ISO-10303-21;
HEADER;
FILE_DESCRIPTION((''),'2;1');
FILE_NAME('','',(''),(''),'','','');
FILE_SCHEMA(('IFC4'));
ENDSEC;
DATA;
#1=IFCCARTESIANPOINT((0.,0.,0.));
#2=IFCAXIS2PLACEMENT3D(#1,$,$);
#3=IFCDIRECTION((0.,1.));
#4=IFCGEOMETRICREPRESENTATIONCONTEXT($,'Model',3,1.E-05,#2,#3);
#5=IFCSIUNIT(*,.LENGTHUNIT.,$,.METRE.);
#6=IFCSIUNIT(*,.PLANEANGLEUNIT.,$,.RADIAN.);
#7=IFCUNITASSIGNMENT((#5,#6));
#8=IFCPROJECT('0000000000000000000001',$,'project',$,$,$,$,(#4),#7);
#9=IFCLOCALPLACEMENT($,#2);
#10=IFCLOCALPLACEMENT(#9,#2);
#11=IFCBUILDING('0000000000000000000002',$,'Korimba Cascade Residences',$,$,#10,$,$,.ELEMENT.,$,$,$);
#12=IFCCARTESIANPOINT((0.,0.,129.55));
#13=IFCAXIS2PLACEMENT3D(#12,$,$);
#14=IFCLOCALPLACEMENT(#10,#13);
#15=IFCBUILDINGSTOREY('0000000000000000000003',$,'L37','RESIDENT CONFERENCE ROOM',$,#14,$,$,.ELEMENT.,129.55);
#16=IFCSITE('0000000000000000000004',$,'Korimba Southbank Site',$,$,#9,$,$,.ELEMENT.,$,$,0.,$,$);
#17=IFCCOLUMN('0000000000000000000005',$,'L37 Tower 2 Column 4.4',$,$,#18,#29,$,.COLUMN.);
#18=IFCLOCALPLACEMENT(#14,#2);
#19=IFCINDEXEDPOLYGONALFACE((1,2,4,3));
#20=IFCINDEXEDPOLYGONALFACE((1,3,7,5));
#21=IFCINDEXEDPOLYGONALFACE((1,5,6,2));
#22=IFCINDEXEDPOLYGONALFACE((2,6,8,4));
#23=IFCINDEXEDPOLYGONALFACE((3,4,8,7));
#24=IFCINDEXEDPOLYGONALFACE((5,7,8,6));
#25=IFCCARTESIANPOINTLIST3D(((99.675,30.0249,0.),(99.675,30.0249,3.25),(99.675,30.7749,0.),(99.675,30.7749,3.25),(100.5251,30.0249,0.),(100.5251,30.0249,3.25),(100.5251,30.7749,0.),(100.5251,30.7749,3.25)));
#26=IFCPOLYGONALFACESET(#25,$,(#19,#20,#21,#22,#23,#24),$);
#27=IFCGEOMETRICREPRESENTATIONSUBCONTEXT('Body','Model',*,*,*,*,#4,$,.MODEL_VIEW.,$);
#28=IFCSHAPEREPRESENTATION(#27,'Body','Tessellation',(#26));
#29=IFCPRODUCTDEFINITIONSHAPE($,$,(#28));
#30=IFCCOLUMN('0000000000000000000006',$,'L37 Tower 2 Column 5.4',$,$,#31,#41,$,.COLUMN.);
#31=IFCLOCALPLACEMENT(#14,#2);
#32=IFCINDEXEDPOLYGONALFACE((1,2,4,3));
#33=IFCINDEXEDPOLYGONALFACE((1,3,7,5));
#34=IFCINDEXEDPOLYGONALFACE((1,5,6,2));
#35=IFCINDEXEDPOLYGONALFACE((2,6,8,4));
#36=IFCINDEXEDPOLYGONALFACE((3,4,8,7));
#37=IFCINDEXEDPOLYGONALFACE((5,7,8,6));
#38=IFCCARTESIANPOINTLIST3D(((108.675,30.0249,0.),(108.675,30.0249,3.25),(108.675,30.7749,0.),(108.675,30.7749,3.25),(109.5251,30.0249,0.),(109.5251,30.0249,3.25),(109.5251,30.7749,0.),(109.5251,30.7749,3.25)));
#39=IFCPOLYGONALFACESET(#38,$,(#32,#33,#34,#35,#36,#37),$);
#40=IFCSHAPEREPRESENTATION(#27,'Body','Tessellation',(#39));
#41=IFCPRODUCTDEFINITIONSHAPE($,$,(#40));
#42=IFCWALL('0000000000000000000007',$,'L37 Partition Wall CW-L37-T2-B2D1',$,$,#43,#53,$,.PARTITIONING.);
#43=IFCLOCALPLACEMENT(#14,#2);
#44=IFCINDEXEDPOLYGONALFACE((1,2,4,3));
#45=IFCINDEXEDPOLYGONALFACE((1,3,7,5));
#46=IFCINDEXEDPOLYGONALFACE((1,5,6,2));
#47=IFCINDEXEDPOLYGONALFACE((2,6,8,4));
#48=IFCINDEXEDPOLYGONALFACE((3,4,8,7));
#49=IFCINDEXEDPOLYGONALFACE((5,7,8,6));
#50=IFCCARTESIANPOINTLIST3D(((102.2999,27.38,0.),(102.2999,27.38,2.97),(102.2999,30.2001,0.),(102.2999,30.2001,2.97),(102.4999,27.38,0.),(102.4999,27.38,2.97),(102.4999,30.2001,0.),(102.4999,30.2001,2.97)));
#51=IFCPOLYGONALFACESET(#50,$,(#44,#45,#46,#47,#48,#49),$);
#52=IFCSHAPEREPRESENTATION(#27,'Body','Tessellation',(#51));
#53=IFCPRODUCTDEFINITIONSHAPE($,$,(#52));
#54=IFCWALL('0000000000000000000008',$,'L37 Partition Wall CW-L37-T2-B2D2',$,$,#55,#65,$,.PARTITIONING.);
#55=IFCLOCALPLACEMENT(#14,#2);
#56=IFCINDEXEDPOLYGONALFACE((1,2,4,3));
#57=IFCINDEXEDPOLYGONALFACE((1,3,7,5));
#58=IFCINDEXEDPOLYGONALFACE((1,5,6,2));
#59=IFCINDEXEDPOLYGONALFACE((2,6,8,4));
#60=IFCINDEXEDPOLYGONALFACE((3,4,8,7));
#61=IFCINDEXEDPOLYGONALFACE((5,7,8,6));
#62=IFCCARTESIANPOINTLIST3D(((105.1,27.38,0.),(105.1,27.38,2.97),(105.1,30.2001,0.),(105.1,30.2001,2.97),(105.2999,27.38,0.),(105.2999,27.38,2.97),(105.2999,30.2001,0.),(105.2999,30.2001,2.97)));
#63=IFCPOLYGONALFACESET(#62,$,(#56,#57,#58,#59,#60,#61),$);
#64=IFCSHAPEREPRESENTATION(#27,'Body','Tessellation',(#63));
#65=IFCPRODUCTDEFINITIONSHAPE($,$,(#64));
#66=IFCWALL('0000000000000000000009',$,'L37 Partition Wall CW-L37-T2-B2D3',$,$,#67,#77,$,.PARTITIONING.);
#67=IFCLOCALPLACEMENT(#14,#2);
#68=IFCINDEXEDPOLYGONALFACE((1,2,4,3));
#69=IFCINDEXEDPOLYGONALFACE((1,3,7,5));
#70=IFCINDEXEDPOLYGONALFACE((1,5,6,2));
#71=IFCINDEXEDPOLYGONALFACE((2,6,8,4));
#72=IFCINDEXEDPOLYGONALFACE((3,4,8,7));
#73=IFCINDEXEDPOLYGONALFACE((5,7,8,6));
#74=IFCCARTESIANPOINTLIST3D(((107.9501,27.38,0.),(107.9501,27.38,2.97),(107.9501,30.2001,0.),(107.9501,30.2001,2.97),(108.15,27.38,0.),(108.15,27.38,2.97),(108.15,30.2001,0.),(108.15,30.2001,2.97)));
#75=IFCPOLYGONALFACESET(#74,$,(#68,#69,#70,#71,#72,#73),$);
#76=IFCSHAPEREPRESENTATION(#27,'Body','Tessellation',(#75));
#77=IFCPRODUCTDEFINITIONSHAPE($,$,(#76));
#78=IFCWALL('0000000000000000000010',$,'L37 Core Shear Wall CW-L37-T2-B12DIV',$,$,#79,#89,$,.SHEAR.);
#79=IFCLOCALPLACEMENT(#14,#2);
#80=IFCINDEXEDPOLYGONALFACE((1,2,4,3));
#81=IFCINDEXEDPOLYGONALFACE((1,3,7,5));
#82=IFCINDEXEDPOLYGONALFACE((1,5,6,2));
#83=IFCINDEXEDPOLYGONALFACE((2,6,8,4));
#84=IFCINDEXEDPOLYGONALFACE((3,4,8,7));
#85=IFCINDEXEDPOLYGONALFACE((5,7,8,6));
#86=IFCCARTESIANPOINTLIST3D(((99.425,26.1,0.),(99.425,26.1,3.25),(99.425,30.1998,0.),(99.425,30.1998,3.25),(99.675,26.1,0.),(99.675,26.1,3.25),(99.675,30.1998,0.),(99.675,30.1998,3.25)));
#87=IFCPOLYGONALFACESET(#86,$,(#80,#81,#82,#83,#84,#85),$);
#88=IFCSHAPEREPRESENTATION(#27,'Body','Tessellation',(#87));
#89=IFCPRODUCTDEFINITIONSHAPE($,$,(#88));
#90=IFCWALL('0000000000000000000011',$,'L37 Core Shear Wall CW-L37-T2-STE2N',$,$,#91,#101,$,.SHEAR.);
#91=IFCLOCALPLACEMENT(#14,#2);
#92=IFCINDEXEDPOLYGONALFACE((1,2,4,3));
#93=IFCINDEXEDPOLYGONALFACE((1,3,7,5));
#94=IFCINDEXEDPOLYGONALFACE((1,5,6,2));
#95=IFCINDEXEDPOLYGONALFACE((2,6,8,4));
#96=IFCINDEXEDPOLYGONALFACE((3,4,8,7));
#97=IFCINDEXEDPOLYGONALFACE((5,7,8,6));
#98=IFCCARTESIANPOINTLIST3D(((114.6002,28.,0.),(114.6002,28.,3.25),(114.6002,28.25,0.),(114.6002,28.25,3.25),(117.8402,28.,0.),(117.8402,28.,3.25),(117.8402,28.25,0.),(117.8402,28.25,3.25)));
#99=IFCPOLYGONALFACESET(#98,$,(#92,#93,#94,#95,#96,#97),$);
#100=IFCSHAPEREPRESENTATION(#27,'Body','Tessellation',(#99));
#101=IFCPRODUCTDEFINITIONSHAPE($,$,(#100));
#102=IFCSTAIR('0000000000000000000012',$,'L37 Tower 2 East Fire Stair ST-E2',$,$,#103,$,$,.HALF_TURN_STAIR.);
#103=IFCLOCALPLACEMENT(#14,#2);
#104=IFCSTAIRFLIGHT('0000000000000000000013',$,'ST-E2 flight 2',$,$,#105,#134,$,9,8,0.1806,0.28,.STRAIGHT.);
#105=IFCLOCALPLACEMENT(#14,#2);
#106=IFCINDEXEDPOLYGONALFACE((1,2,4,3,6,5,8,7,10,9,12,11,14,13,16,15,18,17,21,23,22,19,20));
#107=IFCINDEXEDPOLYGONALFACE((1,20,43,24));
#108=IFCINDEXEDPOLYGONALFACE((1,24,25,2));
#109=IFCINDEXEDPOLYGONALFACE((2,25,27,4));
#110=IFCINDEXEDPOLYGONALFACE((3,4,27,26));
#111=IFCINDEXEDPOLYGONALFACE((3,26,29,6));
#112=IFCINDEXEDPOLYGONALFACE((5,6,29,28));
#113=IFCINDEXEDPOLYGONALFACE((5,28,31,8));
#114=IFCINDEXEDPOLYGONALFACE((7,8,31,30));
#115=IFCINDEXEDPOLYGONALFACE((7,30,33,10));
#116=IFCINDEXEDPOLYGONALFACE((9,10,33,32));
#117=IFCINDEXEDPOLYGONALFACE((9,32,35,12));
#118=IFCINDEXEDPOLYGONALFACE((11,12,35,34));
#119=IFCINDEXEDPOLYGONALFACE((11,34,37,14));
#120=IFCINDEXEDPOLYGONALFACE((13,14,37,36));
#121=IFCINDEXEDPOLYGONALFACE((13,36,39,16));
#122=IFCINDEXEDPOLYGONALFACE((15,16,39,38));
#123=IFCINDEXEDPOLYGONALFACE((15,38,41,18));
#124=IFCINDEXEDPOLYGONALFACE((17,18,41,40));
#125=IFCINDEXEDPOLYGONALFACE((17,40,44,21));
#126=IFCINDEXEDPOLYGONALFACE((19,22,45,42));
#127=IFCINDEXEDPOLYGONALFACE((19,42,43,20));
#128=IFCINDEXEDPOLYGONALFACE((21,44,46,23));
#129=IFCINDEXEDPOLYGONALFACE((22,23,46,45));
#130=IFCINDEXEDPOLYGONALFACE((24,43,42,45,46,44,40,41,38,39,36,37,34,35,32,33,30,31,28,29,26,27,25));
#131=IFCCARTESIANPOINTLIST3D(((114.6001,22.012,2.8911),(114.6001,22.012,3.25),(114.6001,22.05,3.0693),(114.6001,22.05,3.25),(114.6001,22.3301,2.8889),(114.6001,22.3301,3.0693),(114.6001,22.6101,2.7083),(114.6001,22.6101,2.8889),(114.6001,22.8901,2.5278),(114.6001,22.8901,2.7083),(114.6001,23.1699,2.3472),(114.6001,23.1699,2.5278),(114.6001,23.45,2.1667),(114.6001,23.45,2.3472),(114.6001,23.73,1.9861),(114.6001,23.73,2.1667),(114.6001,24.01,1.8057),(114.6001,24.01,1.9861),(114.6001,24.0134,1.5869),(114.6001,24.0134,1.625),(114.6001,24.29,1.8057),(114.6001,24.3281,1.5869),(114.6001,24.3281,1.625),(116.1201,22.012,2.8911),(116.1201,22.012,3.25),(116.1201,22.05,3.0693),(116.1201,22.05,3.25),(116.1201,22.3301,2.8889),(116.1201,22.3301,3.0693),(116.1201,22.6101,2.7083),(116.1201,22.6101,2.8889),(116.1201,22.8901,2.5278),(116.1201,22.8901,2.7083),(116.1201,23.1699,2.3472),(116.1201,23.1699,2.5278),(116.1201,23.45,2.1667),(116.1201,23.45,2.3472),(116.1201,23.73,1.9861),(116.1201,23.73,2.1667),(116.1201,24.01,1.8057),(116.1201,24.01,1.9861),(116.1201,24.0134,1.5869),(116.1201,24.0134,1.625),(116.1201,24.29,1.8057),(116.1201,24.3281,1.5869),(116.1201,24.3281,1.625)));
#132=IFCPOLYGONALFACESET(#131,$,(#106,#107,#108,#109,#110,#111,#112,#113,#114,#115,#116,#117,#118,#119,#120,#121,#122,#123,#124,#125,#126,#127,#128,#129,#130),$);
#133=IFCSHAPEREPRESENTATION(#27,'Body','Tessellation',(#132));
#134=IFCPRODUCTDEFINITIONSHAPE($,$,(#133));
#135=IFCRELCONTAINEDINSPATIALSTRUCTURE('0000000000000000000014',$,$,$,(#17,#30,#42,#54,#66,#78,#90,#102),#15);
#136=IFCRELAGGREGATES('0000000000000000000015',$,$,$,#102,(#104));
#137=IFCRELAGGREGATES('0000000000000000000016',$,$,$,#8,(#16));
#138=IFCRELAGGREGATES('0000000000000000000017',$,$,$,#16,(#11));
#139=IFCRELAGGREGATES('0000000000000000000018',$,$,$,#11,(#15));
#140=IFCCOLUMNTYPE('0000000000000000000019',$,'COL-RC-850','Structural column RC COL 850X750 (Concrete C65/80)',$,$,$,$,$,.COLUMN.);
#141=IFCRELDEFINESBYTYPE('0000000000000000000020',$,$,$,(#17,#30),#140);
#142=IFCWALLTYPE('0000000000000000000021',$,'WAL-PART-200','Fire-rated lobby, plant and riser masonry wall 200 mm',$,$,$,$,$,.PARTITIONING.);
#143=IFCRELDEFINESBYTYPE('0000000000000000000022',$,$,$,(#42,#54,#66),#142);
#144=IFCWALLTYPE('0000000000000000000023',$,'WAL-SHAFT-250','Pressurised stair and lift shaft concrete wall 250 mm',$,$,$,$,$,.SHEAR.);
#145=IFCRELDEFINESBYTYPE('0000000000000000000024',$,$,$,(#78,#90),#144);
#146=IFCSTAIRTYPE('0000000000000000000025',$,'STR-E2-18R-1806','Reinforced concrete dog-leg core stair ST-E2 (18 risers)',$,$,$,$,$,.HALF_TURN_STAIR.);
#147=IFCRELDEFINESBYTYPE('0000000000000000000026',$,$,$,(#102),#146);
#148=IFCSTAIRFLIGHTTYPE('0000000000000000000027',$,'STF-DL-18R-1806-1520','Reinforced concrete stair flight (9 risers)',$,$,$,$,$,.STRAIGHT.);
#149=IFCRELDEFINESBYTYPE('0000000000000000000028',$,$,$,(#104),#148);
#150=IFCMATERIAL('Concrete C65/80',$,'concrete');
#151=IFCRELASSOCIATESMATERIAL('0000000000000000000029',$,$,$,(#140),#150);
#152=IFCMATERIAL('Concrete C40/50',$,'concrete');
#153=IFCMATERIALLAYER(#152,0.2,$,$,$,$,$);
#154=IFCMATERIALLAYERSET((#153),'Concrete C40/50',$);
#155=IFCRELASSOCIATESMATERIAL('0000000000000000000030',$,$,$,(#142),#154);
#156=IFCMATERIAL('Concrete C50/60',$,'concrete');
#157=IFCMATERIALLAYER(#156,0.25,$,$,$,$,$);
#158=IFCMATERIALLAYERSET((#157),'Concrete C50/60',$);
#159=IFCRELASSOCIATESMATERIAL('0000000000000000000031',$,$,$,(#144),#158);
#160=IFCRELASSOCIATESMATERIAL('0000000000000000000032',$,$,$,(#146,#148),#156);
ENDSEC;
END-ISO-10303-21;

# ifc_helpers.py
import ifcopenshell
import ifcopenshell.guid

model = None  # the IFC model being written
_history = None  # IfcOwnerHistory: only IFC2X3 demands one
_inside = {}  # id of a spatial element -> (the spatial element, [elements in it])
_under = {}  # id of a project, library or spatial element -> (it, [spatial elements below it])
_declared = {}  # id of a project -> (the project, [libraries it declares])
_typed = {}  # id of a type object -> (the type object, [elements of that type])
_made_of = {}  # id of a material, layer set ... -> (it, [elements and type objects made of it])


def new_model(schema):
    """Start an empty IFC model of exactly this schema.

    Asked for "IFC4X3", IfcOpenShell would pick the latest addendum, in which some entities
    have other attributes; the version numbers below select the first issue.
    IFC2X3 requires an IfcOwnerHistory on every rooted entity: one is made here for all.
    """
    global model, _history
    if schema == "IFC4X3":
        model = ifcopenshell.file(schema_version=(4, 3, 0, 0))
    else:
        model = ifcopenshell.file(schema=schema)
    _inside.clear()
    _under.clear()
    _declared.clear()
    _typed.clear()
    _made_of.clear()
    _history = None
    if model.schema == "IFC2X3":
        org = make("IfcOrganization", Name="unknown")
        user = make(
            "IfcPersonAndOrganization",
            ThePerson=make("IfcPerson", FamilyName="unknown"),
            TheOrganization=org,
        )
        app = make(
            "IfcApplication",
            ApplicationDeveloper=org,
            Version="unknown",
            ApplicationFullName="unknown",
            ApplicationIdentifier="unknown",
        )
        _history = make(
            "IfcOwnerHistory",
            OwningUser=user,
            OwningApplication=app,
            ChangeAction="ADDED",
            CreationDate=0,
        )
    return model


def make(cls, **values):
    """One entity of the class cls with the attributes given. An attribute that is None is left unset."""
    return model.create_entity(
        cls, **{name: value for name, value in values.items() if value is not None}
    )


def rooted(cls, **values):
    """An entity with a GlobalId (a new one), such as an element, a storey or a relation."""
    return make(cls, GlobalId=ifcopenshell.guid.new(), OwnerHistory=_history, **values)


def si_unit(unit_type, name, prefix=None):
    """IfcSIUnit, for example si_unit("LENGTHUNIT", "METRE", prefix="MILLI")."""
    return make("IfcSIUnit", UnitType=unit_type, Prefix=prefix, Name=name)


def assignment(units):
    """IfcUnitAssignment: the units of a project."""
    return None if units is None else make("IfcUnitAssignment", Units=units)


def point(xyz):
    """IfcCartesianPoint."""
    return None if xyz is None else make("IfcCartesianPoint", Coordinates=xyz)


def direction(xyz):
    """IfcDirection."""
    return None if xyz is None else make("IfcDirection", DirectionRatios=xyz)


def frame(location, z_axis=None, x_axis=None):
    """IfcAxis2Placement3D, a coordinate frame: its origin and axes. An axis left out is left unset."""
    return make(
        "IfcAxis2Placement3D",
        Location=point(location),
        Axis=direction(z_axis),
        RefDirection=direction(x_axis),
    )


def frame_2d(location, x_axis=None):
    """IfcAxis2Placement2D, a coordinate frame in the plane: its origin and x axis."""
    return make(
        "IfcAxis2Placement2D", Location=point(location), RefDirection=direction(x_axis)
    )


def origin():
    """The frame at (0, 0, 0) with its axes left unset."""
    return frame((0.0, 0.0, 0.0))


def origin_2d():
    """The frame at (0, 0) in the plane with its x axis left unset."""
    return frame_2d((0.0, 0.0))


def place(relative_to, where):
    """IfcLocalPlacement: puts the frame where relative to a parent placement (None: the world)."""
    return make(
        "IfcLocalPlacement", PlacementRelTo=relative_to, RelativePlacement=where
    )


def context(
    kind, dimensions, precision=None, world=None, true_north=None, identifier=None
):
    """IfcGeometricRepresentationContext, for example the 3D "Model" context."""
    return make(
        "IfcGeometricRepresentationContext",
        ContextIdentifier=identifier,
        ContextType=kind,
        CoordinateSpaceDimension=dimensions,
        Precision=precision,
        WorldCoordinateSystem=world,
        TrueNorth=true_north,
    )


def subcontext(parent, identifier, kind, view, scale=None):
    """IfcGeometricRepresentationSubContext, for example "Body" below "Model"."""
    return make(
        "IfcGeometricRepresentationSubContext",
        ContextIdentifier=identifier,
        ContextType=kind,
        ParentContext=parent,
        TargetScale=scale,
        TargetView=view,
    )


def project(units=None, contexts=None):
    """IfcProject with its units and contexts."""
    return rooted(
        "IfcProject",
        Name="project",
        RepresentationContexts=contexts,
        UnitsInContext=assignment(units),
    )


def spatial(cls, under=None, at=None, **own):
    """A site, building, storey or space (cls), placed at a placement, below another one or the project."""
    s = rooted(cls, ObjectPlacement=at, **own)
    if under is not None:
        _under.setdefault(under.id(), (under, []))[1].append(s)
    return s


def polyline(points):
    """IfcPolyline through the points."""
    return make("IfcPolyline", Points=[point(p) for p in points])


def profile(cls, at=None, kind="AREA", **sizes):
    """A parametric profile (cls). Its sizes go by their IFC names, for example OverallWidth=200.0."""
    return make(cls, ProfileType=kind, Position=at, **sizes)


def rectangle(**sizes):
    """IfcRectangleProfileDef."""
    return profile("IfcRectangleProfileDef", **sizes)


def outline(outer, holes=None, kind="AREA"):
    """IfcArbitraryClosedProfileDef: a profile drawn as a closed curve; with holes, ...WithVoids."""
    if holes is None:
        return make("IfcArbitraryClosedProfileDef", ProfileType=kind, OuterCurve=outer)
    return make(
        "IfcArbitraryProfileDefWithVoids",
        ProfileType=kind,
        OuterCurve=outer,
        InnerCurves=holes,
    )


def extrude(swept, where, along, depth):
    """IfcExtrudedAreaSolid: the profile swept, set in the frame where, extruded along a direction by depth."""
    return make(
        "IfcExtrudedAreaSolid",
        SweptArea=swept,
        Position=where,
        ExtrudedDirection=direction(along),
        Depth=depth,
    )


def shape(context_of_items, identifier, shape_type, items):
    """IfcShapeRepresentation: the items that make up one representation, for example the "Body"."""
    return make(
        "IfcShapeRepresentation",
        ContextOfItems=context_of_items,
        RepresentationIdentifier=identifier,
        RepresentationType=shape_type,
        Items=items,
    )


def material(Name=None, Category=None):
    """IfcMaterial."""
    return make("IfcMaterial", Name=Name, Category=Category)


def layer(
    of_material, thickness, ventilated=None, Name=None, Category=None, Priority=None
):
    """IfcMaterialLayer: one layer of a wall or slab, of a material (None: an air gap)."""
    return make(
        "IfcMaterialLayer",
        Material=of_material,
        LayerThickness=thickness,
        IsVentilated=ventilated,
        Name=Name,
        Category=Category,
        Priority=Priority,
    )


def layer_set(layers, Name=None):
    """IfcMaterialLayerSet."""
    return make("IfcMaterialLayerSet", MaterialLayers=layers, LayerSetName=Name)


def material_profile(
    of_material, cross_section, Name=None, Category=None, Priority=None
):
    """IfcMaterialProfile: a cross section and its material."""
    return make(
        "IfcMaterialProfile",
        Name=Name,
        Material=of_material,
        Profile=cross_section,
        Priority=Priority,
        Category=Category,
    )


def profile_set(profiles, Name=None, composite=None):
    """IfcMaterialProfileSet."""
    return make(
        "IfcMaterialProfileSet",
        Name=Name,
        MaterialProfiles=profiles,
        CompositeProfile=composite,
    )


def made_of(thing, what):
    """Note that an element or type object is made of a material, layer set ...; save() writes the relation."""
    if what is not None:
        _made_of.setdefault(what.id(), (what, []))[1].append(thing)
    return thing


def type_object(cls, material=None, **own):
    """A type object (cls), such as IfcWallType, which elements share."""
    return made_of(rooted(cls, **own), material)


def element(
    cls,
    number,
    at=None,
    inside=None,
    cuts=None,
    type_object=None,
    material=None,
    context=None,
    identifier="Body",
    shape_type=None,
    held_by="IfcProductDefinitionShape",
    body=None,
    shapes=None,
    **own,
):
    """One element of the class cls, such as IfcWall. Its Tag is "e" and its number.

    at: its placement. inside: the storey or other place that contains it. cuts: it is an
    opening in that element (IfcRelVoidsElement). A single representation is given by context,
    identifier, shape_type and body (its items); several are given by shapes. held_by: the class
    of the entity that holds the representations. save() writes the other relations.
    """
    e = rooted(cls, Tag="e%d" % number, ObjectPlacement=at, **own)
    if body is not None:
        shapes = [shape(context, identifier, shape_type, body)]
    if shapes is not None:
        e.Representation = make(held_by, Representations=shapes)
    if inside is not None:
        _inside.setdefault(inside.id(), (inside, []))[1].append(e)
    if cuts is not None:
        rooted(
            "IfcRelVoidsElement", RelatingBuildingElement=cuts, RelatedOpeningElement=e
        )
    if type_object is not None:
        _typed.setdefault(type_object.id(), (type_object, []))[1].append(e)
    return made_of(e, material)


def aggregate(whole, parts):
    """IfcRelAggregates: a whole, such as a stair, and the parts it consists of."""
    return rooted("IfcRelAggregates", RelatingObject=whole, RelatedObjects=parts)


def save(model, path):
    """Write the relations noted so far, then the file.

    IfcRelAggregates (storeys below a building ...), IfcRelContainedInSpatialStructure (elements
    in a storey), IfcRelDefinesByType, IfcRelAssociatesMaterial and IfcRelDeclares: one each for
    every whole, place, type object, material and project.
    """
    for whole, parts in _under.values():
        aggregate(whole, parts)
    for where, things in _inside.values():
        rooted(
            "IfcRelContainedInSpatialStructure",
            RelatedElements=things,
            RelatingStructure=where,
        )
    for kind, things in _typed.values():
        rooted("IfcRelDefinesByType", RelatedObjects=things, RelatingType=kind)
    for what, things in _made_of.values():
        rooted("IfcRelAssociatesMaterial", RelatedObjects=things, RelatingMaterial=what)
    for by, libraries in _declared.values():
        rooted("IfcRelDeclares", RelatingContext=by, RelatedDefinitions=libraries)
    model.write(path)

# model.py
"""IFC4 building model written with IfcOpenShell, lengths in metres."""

from ifc_helpers import new_model, si_unit, direction, frame, frame_2d, origin, origin_2d, place, context, subcontext, project, spatial, polyline, rectangle, outline, extrude, material, layer, layer_set, material_profile, profile_set, type_object, element, aggregate, save


model = new_model("IFC4")

# Units and contexts
model_context = context("Model", 3, precision=1e-05, world=origin(), true_north=direction((0.0, 1.0)))
body_context = subcontext(model_context, "Body", "Model", "MODEL_VIEW")
ifc_project = project(units=[si_unit("LENGTHUNIT", "METRE"), si_unit("PLANEANGLEUNIT", "RADIAN")], contexts=[model_context])

# Site, building, storey
site_placement = place(None, origin())
site = spatial("IfcSite", under=ifc_project, at=site_placement, Name="Korimba Southbank Site", CompositionType="ELEMENT", RefElevation=0.0)
building_placement = place(site_placement, origin())
building = spatial("IfcBuilding", under=site, at=building_placement, Name="Korimba Cascade Residences", CompositionType="ELEMENT")
storey_placement = place(building_placement, frame((0.0, 0.0, 129.55)))
storey = spatial("IfcBuildingStorey", under=building, at=storey_placement, Name="L37", Description="RESIDENT CONFERENCE ROOM", CompositionType="ELEMENT", Elevation=129.55)

# Columns
ifc_material_1 = material(Name="Concrete C65/80", Category="concrete")
ifc_material_profile = material_profile(ifc_material_1, rectangle(XDim=0.8501, YDim=0.75, at=origin_2d()), Name="Concrete C65/80")
ifc_profile_set = profile_set([ifc_material_profile], Name="Concrete C65/80")
column_type = type_object("IfcColumnType", Name="COL-RC-850", Description="Structural column RC COL 850X750 (Concrete C65/80)", PredefinedType="COLUMN", material=ifc_profile_set)
for number, where, z_axis, x_axis, name in (
    (1, (100.1001, 30.3999, 0.0), (0.0, 0.0, 1.0), (1.0, 0.0, 0.0), "L37 Tower 2 Column 4.4"),
    (2, (109.1001, 30.3999, 0.0), (0.0, 0.0, 1.0), (1.0, 0.0, 0.0), "L37 Tower 2 Column 5.4"),
):
    element("IfcColumn", number, at=place(storey_placement, frame(where, z_axis=z_axis, x_axis=x_axis)), inside=storey, type_object=column_type, Name=name, PredefinedType="COLUMN", context=body_context, shape_type="SweptSolid", body=[
        extrude(rectangle(XDim=0.8501, YDim=0.75, at=origin_2d()), origin(), (0.0, 0.0, 1.0), 3.25),
    ])

# Walls
ifc_material_2 = material(Name="Concrete C40/50", Category="concrete")
ifc_layer_1 = layer(ifc_material_2, 0.2)
ifc_layer_set_1 = layer_set([ifc_layer_1], Name="Concrete C40/50")
wall_type_1 = type_object("IfcWallType", Name="WAL-PART-200", Description="Fire-rated lobby, plant and riser masonry wall 200 mm", PredefinedType="PARTITIONING", material=ifc_layer_set_1)
for number, where, z_axis, x_axis, name in (
    (3, (102.3999, 27.3799, 0.0), (0.0, 0.0, 1.0), (0.0, 1.0, 0.0), "L37 Partition Wall CW-L37-T2-B2D1"),
    (4, (105.2, 27.3799, 0.0), (0.0, 0.0, 1.0), (0.0, 1.0, 0.0), "L37 Partition Wall CW-L37-T2-B2D2"),
    (5, (108.05, 27.3799, 0.0), (0.0, 0.0, 1.0), (0.0, 1.0, 0.0), "L37 Partition Wall CW-L37-T2-B2D3"),
):
    element("IfcWall", number, at=place(storey_placement, frame(where, z_axis=z_axis, x_axis=x_axis)), inside=storey, type_object=wall_type_1, Name=name, PredefinedType="PARTITIONING", context=body_context, shape_type="SweptSolid", body=[
        extrude(rectangle(XDim=2.8201, YDim=0.2, at=frame_2d((1.4102, 0.0))), origin(), (0.0, 0.0, 1.0), 2.97),
    ])
ifc_material_3 = material(Name="Concrete C50/60", Category="concrete")
ifc_layer_2 = layer(ifc_material_3, 0.25)
ifc_layer_set_2 = layer_set([ifc_layer_2], Name="Concrete C50/60")
wall_type_2 = type_object("IfcWallType", Name="WAL-SHAFT-250", Description="Pressurised stair and lift shaft concrete wall 250 mm", PredefinedType="SHEAR", material=ifc_layer_set_2)
wall_1_placement = place(storey_placement, frame((99.55, 26.1001, 0.0), z_axis=(0.0, 0.0, 1.0), x_axis=(0.0, 1.0, 0.0)))
element("IfcWall", 6, at=wall_1_placement, inside=storey, type_object=wall_type_2, Name="L37 Core Shear Wall CW-L37-T2-B12DIV", PredefinedType="SHEAR", context=body_context, shape_type="SweptSolid", body=[
    extrude(rectangle(XDim=4.0999, YDim=0.25, at=frame_2d((2.0498, 0.0))), origin(), (0.0, 0.0, 1.0), 3.25),
])

# Wall
wall_2_placement = place(storey_placement, frame((114.6001, 28.125, 0.0), z_axis=(0.0, 0.0, 1.0), x_axis=(1.0, 0.0, 0.0)))
element("IfcWall", 7, at=wall_2_placement, inside=storey, type_object=wall_type_2, Name="L37 Core Shear Wall CW-L37-T2-STE2N", PredefinedType="SHEAR", context=body_context, shape_type="SweptSolid", body=[
    extrude(rectangle(XDim=3.24, YDim=0.25, at=frame_2d((1.6201, 0.0))), origin(), (0.0, 0.0, 1.0), 3.25),
])

# Stair, stair flight
stair_type = type_object("IfcStairType", Name="STR-E2-18R-1806", Description="Reinforced concrete dog-leg core stair ST-E2 (18 risers)", PredefinedType="HALF_TURN_STAIR", material=ifc_material_3)
stair_placement = place(storey_placement, origin())
stair = element("IfcStair", 8, at=stair_placement, inside=storey, type_object=stair_type, Name="L37 Tower 2 East Fire Stair ST-E2", PredefinedType="HALF_TURN_STAIR")
stair_flight_type = type_object("IfcStairFlightType", Name="STF-DL-18R-1806-1520", Description="Reinforced concrete stair flight (9 risers)", PredefinedType="STRAIGHT", material=ifc_material_3)
stair_flight_placement = place(storey_placement, frame((115.3601, 24.29, 1.625), z_axis=(0.0, 0.0, 1.0), x_axis=(0.0, -1.0, 0.0)))
stair_flight = element("IfcStairFlight", 9, at=stair_flight_placement, type_object=stair_flight_type, Name="ST-E2 flight 2", NumberOfRisers=9, NumberOfTreads=8, PredefinedType="STRAIGHT", RiserHeight=0.1806, TreadLength=0.28, context=body_context, shape_type="SweptSolid", body=[
    extrude(outline(polyline([(-0.0381, 0.0), (0.0, 0.1807), (0.28, 0.1807), (0.28, 0.3611), (0.5601, 0.3611), (0.5601, 0.5417), (0.8401, 0.5417), (0.8401, 0.7222), (1.1201, 0.7222), (1.1201, 0.9028), (1.3999, 0.9028), (1.3999, 1.0833), (1.6799, 1.0833), (1.6799, 1.2639), (1.96, 1.2639), (1.96, 1.4443), (2.24, 1.4443), (2.24, 1.625), (2.2781, 1.625), (2.2781, 1.2661), (0.2766, 0.0), (0.2766, -0.0381), (-0.0381, -0.0381), (-0.0381, 0.0)])), frame((0.0, 0.76, 0.0), z_axis=(0.0, -1.0, 0.0), x_axis=(1.0, 0.0, 0.0)), (0.0, 0.0, 1.0), 1.52),
])
aggregate(stair, [stair_flight])

save(model, "model.ifc")
